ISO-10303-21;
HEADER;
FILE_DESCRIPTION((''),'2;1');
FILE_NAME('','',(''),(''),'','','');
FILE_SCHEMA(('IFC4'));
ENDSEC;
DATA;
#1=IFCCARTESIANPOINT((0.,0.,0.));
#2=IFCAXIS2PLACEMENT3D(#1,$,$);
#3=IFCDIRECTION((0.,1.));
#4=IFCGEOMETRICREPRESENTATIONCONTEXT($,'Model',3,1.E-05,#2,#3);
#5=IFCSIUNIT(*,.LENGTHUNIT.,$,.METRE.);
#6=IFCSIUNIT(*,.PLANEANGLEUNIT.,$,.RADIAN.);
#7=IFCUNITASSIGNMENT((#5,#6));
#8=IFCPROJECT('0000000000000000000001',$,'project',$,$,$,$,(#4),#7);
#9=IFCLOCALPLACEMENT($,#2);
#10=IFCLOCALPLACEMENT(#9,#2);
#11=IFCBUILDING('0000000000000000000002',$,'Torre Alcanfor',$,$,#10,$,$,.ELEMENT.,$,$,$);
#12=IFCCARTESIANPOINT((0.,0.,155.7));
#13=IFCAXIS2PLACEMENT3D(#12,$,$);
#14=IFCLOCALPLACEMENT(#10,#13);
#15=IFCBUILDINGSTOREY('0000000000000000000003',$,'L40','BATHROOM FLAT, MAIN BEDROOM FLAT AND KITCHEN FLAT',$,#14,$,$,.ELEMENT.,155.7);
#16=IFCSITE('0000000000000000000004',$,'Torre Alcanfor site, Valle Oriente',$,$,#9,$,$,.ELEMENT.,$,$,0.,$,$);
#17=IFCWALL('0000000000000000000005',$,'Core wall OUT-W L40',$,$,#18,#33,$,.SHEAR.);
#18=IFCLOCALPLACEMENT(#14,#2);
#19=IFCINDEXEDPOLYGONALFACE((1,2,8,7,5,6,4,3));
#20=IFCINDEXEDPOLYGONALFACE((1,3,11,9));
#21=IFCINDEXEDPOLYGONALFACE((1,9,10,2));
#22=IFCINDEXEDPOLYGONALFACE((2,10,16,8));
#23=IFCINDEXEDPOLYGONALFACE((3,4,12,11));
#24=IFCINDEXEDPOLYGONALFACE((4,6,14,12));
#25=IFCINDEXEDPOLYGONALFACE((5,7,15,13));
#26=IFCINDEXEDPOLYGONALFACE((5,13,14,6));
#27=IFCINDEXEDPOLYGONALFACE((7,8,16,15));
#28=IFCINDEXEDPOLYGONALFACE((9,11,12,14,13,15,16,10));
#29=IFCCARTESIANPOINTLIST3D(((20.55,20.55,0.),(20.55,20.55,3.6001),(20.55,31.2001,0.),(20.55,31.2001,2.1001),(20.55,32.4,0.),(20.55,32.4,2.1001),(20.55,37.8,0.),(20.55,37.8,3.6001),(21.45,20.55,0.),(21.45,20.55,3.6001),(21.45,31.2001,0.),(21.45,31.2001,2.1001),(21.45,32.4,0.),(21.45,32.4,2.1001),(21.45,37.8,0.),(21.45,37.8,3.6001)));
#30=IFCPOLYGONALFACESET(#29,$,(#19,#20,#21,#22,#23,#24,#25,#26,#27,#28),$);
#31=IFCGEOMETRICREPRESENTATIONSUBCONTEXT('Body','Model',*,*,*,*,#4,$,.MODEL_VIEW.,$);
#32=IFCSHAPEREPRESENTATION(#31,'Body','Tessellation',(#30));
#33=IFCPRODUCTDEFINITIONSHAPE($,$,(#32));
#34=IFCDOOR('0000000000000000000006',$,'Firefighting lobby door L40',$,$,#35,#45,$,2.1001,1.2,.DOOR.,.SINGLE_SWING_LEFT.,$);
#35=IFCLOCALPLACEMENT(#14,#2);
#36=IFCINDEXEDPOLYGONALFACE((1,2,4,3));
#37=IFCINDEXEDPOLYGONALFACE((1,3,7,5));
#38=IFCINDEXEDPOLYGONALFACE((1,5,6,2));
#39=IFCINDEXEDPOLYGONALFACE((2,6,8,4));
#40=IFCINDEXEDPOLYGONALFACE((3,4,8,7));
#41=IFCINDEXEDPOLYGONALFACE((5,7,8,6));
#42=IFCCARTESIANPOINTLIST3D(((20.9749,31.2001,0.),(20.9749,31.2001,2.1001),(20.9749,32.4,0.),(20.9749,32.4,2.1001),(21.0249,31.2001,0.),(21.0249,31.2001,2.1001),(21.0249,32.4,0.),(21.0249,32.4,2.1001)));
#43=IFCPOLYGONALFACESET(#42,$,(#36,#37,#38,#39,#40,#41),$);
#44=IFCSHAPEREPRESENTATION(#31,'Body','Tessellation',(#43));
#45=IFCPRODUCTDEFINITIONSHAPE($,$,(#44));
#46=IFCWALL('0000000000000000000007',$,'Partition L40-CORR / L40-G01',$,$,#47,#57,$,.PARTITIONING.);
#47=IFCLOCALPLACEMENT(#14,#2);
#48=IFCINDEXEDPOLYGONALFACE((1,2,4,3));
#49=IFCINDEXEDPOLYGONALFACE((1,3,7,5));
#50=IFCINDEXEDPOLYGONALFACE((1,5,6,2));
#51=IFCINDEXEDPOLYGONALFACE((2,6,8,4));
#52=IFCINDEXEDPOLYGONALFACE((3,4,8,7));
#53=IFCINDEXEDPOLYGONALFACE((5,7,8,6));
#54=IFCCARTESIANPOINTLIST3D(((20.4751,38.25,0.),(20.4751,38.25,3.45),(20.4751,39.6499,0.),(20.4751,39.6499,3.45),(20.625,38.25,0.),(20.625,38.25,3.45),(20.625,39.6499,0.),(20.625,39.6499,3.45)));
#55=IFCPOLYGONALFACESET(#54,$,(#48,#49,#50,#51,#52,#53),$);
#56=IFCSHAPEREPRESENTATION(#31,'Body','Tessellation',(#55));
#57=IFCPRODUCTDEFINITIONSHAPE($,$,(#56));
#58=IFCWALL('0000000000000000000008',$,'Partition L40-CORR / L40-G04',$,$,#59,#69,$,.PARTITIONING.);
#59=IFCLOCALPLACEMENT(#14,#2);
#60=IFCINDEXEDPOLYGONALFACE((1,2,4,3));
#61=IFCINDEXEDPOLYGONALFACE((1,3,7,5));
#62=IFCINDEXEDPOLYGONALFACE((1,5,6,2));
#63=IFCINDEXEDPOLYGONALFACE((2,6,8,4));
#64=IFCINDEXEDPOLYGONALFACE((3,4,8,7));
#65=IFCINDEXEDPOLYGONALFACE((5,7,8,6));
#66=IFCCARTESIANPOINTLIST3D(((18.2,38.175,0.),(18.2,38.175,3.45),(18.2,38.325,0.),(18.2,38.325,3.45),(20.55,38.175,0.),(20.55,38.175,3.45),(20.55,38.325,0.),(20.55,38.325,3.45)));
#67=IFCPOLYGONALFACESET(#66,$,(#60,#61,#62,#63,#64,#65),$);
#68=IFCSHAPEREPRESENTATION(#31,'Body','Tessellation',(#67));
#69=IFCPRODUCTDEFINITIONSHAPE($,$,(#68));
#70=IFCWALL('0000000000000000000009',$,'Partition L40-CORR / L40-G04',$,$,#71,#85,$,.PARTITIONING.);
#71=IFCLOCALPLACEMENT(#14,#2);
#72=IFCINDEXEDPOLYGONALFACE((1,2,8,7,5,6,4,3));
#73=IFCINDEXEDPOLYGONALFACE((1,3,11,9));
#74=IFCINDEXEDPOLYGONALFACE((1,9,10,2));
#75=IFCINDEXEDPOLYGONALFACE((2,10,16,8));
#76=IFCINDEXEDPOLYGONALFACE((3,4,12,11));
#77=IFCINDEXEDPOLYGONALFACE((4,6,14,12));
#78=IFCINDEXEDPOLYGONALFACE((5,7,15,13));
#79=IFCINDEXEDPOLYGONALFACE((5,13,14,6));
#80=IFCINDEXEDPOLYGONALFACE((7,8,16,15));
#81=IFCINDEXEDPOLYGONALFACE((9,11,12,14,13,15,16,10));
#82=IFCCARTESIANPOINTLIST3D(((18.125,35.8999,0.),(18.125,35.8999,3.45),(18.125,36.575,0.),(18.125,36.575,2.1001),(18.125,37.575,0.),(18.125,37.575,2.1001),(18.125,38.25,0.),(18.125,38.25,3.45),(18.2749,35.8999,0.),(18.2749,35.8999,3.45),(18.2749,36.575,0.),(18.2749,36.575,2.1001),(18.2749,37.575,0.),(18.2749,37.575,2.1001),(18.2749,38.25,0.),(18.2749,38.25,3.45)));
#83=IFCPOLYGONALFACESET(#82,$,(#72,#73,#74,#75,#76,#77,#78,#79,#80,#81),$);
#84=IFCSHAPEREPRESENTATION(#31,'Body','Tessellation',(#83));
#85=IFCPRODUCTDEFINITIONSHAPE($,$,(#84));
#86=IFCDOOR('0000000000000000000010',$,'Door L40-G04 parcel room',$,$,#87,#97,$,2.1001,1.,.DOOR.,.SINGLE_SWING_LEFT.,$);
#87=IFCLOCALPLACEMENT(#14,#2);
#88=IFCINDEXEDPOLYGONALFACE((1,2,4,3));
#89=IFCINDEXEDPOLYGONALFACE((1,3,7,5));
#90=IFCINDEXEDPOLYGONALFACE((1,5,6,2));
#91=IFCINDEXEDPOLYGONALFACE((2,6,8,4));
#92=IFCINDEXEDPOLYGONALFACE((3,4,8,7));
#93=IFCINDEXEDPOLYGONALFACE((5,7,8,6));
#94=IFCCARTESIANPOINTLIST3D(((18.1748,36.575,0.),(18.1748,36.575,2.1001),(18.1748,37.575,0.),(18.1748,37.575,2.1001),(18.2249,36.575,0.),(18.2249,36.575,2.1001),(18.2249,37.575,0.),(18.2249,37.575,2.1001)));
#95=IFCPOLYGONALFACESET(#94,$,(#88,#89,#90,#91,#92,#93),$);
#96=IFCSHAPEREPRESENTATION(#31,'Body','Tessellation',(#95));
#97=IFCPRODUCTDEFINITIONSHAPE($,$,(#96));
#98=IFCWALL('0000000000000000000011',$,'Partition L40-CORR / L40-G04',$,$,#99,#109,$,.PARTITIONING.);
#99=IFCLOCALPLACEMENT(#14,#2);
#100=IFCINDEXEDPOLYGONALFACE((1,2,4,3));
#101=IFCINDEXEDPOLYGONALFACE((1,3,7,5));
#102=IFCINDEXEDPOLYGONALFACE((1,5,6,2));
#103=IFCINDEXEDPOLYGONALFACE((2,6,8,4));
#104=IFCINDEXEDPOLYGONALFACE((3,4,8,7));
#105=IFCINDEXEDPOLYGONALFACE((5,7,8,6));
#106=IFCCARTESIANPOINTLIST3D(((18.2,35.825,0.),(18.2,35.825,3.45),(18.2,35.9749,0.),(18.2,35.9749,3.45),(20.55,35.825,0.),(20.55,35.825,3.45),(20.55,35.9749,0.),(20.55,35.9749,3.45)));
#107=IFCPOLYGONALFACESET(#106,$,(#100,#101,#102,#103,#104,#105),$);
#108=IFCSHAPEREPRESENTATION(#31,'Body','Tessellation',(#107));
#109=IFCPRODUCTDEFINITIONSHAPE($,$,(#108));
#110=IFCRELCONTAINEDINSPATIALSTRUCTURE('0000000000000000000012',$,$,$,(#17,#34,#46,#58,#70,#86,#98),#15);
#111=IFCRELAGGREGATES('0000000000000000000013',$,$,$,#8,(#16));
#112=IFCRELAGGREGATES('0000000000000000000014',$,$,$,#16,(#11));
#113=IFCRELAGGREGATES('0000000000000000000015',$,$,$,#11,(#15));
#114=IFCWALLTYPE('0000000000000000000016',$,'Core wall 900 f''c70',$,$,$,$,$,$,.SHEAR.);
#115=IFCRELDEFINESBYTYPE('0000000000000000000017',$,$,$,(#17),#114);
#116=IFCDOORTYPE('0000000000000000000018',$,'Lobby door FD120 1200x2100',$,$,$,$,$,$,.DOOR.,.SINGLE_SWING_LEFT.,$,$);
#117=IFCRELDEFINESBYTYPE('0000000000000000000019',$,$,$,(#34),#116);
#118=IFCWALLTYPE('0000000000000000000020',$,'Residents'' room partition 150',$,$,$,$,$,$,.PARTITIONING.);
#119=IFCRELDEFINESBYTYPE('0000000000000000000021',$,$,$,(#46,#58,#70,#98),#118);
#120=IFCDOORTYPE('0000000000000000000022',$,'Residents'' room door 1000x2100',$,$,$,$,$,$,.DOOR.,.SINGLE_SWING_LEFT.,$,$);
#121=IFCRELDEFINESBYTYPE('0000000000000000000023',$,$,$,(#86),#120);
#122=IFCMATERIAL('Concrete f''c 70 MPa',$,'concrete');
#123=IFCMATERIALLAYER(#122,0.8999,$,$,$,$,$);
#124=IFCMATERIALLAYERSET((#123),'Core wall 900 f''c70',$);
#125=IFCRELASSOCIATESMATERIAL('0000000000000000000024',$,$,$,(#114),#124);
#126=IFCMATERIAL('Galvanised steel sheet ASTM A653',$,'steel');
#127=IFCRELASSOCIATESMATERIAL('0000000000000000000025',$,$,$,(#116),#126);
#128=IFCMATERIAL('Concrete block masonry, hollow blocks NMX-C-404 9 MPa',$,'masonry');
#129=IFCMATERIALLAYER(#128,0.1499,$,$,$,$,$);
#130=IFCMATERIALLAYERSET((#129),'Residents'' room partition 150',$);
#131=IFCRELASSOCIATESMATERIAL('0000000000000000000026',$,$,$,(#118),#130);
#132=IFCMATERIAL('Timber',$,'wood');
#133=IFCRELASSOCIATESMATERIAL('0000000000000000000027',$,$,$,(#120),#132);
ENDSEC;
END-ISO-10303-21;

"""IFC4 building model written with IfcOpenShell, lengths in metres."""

from ifc_helpers import new_model, si_unit, direction, frame, frame_2d, origin, place, context, subcontext, project, spatial, rectangle, extrude, material, layer, layer_set, type_object, element, fill, save


model = new_model("IFC4")

# Units and contexts
model_context = context("Model", 3, precision=1e-05, world=origin(), true_north=direction((0.0, 1.0)))
body_context = subcontext(model_context, "Body", "Model", "MODEL_VIEW")
ifc_project = project(units=[si_unit("LENGTHUNIT", "METRE"), si_unit("PLANEANGLEUNIT", "RADIAN")], contexts=[model_context])

# Site, building, storey
site_placement = place(None, origin())
site = spatial("IfcSite", under=ifc_project, at=site_placement, Name="Torre Alcanfor site, Valle Oriente", CompositionType="ELEMENT", RefElevation=0.0)
building_placement = place(site_placement, origin())
building = spatial("IfcBuilding", under=site, at=building_placement, Name="Torre Alcanfor", CompositionType="ELEMENT")
storey_placement = place(building_placement, frame((0.0, 0.0, 155.7)))
storey = spatial("IfcBuildingStorey", under=building, at=storey_placement, Name="L40", Description="BATHROOM FLAT, MAIN BEDROOM FLAT AND KITCHEN FLAT", CompositionType="ELEMENT", Elevation=155.7)

# Wall, opening, door
ifc_material_1 = material(Name="Concrete f'c 70 MPa", Category="concrete")
ifc_layer_1 = layer(ifc_material_1, 0.8999)
ifc_layer_set_1 = layer_set([ifc_layer_1], Name="Core wall 900 f'c70")
wall_type_1 = type_object("IfcWallType", Name="Core wall 900 f'c70", PredefinedType="SHEAR", material=ifc_layer_set_1)
wall_1_placement = place(storey_placement, frame((21.0, 37.8, 0.0), z_axis=(0.0, 0.0, 1.0), x_axis=(0.0, -1.0, 0.0)))
wall_1 = element("IfcWall", 1, at=wall_1_placement, inside=storey, type_object=wall_type_1, Name="Core wall OUT-W L40", PredefinedType="SHEAR", context=body_context, shape_type="SweptSolid", body=[
    extrude(rectangle(XDim=17.25, YDim=0.8999, at=frame_2d((8.625, 0.0))), origin(), (0.0, 0.0, 1.0), 3.6001),
])
opening_1_placement = place(wall_1_placement, frame((5.3999, 0.0, 0.0)))
opening_1 = element("IfcOpeningElement", 2, at=opening_1_placement, cuts=wall_1, PredefinedType="OPENING", context=body_context, shape_type="SweptSolid", body=[
    extrude(rectangle(XDim=1.2, YDim=2.1001, at=frame_2d((0.6001, 1.05))), frame((0.0, 0.46, 0.0), z_axis=(0.0, -1.0, 0.0), x_axis=(1.0, 0.0, 0.0)), (0.0, 0.0, 1.0), 0.9199),
])
ifc_material_2 = material(Name="Galvanised steel sheet ASTM A653", Category="steel")
door_type_1 = type_object("IfcDoorType", Name="Lobby door FD120 1200x2100", OperationType="SINGLE_SWING_LEFT", PredefinedType="DOOR", material=ifc_material_2)
door_1_placement = place(opening_1_placement, origin())
door_1 = element("IfcDoor", 3, at=door_1_placement, inside=storey, type_object=door_type_1, Name="Firefighting lobby door L40", OperationType="SINGLE_SWING_LEFT", OverallHeight=2.1001, OverallWidth=1.2, PredefinedType="DOOR", context=body_context, shape_type="SweptSolid", body=[
    extrude(rectangle(XDim=1.2, YDim=2.1001, at=frame_2d((0.6001, 1.05))), frame((0.0, 0.0249, 0.0), z_axis=(0.0, -1.0, 0.0), x_axis=(1.0, 0.0, 0.0)), (0.0, 0.0, 1.0), 0.05),
])
fill(opening_1, door_1)

# Walls
ifc_material_3 = material(Name="Concrete block masonry, hollow blocks NMX-C-404 9 MPa", Category="masonry")
ifc_layer_2 = layer(ifc_material_3, 0.1499)
ifc_layer_set_2 = layer_set([ifc_layer_2], Name="Residents' room partition 150")
wall_type_2 = type_object("IfcWallType", Name="Residents' room partition 150", PredefinedType="PARTITIONING", material=ifc_layer_set_2)
wall_2_placement = place(storey_placement, frame((20.55, 39.6499, 0.0), z_axis=(0.0, 0.0, 1.0), x_axis=(0.0, -1.0, 0.0)))
element("IfcWall", 4, at=wall_2_placement, inside=storey, type_object=wall_type_2, Name="Partition L40-CORR / L40-G01", PredefinedType="PARTITIONING", context=body_context, shape_type="SweptSolid", body=[
    extrude(rectangle(XDim=1.3999, YDim=0.1499, at=frame_2d((0.7, 0.0))), origin(), (0.0, 0.0, 1.0), 3.45),
])
wall_3_placement = place(storey_placement, frame((20.55, 38.25, 0.0), z_axis=(0.0, 0.0, 1.0), x_axis=(-1.0, 0.0, 0.0)))
element("IfcWall", 5, at=wall_3_placement, inside=storey, type_object=wall_type_2, Name="Partition L40-CORR / L40-G04", PredefinedType="PARTITIONING", context=body_context, shape_type="SweptSolid", body=[
    extrude(rectangle(XDim=2.3501, YDim=0.1499, at=frame_2d((1.175, 0.0))), origin(), (0.0, 0.0, 1.0), 3.45),
])

# Wall, opening, door
wall_4_placement = place(storey_placement, frame((18.2, 38.25, 0.0), z_axis=(0.0, 0.0, 1.0), x_axis=(0.0, -1.0, 0.0)))
wall_4 = element("IfcWall", 6, at=wall_4_placement, inside=storey, type_object=wall_type_2, Name="Partition L40-CORR / L40-G04", PredefinedType="PARTITIONING", context=body_context, shape_type="SweptSolid", body=[
    extrude(rectangle(XDim=2.3501, YDim=0.1499, at=frame_2d((1.175, 0.0))), origin(), (0.0, 0.0, 1.0), 3.45),
])
opening_2_placement = place(wall_4_placement, frame((0.675, 0.0, 0.0)))
opening_2 = element("IfcOpeningElement", 7, at=opening_2_placement, cuts=wall_4, PredefinedType="OPENING", context=body_context, shape_type="SweptSolid", body=[
    extrude(rectangle(XDim=1.0, YDim=2.1001, at=frame_2d((0.5, 1.05))), frame((0.0, 0.085, 0.0), z_axis=(0.0, -1.0, 0.0), x_axis=(1.0, 0.0, 0.0)), (0.0, 0.0, 1.0), 0.1699),
])
ifc_material_4 = material(Name="Timber", Category="wood")
door_type_2 = type_object("IfcDoorType", Name="Residents' room door 1000x2100", OperationType="SINGLE_SWING_LEFT", PredefinedType="DOOR", material=ifc_material_4)
door_2_placement = place(opening_2_placement, origin())
door_2 = element("IfcDoor", 8, at=door_2_placement, inside=storey, type_object=door_type_2, Name="Door L40-G04 parcel room", OperationType="SINGLE_SWING_LEFT", OverallHeight=2.1001, OverallWidth=1.0, PredefinedType="DOOR", context=body_context, shape_type="SweptSolid", body=[
    extrude(rectangle(XDim=1.0, YDim=2.1001, at=frame_2d((0.5, 1.05))), frame((0.0, 0.0249, 0.0), z_axis=(0.0, -1.0, 0.0), x_axis=(1.0, 0.0, 0.0)), (0.0, 0.0, 1.0), 0.05),
])
fill(opening_2, door_2)

# Wall
wall_5_placement = place(storey_placement, frame((18.2, 35.8999, 0.0), z_axis=(0.0, 0.0, 1.0), x_axis=(1.0, 0.0, 0.0)))
element("IfcWall", 9, at=wall_5_placement, inside=storey, type_object=wall_type_2, Name="Partition L40-CORR / L40-G04", PredefinedType="PARTITIONING", context=body_context, shape_type="SweptSolid", body=[
    extrude(rectangle(XDim=2.3501, YDim=0.1499, at=frame_2d((1.175, 0.0))), origin(), (0.0, 0.0, 1.0), 3.45),
])

save(model, "model.ifc")
